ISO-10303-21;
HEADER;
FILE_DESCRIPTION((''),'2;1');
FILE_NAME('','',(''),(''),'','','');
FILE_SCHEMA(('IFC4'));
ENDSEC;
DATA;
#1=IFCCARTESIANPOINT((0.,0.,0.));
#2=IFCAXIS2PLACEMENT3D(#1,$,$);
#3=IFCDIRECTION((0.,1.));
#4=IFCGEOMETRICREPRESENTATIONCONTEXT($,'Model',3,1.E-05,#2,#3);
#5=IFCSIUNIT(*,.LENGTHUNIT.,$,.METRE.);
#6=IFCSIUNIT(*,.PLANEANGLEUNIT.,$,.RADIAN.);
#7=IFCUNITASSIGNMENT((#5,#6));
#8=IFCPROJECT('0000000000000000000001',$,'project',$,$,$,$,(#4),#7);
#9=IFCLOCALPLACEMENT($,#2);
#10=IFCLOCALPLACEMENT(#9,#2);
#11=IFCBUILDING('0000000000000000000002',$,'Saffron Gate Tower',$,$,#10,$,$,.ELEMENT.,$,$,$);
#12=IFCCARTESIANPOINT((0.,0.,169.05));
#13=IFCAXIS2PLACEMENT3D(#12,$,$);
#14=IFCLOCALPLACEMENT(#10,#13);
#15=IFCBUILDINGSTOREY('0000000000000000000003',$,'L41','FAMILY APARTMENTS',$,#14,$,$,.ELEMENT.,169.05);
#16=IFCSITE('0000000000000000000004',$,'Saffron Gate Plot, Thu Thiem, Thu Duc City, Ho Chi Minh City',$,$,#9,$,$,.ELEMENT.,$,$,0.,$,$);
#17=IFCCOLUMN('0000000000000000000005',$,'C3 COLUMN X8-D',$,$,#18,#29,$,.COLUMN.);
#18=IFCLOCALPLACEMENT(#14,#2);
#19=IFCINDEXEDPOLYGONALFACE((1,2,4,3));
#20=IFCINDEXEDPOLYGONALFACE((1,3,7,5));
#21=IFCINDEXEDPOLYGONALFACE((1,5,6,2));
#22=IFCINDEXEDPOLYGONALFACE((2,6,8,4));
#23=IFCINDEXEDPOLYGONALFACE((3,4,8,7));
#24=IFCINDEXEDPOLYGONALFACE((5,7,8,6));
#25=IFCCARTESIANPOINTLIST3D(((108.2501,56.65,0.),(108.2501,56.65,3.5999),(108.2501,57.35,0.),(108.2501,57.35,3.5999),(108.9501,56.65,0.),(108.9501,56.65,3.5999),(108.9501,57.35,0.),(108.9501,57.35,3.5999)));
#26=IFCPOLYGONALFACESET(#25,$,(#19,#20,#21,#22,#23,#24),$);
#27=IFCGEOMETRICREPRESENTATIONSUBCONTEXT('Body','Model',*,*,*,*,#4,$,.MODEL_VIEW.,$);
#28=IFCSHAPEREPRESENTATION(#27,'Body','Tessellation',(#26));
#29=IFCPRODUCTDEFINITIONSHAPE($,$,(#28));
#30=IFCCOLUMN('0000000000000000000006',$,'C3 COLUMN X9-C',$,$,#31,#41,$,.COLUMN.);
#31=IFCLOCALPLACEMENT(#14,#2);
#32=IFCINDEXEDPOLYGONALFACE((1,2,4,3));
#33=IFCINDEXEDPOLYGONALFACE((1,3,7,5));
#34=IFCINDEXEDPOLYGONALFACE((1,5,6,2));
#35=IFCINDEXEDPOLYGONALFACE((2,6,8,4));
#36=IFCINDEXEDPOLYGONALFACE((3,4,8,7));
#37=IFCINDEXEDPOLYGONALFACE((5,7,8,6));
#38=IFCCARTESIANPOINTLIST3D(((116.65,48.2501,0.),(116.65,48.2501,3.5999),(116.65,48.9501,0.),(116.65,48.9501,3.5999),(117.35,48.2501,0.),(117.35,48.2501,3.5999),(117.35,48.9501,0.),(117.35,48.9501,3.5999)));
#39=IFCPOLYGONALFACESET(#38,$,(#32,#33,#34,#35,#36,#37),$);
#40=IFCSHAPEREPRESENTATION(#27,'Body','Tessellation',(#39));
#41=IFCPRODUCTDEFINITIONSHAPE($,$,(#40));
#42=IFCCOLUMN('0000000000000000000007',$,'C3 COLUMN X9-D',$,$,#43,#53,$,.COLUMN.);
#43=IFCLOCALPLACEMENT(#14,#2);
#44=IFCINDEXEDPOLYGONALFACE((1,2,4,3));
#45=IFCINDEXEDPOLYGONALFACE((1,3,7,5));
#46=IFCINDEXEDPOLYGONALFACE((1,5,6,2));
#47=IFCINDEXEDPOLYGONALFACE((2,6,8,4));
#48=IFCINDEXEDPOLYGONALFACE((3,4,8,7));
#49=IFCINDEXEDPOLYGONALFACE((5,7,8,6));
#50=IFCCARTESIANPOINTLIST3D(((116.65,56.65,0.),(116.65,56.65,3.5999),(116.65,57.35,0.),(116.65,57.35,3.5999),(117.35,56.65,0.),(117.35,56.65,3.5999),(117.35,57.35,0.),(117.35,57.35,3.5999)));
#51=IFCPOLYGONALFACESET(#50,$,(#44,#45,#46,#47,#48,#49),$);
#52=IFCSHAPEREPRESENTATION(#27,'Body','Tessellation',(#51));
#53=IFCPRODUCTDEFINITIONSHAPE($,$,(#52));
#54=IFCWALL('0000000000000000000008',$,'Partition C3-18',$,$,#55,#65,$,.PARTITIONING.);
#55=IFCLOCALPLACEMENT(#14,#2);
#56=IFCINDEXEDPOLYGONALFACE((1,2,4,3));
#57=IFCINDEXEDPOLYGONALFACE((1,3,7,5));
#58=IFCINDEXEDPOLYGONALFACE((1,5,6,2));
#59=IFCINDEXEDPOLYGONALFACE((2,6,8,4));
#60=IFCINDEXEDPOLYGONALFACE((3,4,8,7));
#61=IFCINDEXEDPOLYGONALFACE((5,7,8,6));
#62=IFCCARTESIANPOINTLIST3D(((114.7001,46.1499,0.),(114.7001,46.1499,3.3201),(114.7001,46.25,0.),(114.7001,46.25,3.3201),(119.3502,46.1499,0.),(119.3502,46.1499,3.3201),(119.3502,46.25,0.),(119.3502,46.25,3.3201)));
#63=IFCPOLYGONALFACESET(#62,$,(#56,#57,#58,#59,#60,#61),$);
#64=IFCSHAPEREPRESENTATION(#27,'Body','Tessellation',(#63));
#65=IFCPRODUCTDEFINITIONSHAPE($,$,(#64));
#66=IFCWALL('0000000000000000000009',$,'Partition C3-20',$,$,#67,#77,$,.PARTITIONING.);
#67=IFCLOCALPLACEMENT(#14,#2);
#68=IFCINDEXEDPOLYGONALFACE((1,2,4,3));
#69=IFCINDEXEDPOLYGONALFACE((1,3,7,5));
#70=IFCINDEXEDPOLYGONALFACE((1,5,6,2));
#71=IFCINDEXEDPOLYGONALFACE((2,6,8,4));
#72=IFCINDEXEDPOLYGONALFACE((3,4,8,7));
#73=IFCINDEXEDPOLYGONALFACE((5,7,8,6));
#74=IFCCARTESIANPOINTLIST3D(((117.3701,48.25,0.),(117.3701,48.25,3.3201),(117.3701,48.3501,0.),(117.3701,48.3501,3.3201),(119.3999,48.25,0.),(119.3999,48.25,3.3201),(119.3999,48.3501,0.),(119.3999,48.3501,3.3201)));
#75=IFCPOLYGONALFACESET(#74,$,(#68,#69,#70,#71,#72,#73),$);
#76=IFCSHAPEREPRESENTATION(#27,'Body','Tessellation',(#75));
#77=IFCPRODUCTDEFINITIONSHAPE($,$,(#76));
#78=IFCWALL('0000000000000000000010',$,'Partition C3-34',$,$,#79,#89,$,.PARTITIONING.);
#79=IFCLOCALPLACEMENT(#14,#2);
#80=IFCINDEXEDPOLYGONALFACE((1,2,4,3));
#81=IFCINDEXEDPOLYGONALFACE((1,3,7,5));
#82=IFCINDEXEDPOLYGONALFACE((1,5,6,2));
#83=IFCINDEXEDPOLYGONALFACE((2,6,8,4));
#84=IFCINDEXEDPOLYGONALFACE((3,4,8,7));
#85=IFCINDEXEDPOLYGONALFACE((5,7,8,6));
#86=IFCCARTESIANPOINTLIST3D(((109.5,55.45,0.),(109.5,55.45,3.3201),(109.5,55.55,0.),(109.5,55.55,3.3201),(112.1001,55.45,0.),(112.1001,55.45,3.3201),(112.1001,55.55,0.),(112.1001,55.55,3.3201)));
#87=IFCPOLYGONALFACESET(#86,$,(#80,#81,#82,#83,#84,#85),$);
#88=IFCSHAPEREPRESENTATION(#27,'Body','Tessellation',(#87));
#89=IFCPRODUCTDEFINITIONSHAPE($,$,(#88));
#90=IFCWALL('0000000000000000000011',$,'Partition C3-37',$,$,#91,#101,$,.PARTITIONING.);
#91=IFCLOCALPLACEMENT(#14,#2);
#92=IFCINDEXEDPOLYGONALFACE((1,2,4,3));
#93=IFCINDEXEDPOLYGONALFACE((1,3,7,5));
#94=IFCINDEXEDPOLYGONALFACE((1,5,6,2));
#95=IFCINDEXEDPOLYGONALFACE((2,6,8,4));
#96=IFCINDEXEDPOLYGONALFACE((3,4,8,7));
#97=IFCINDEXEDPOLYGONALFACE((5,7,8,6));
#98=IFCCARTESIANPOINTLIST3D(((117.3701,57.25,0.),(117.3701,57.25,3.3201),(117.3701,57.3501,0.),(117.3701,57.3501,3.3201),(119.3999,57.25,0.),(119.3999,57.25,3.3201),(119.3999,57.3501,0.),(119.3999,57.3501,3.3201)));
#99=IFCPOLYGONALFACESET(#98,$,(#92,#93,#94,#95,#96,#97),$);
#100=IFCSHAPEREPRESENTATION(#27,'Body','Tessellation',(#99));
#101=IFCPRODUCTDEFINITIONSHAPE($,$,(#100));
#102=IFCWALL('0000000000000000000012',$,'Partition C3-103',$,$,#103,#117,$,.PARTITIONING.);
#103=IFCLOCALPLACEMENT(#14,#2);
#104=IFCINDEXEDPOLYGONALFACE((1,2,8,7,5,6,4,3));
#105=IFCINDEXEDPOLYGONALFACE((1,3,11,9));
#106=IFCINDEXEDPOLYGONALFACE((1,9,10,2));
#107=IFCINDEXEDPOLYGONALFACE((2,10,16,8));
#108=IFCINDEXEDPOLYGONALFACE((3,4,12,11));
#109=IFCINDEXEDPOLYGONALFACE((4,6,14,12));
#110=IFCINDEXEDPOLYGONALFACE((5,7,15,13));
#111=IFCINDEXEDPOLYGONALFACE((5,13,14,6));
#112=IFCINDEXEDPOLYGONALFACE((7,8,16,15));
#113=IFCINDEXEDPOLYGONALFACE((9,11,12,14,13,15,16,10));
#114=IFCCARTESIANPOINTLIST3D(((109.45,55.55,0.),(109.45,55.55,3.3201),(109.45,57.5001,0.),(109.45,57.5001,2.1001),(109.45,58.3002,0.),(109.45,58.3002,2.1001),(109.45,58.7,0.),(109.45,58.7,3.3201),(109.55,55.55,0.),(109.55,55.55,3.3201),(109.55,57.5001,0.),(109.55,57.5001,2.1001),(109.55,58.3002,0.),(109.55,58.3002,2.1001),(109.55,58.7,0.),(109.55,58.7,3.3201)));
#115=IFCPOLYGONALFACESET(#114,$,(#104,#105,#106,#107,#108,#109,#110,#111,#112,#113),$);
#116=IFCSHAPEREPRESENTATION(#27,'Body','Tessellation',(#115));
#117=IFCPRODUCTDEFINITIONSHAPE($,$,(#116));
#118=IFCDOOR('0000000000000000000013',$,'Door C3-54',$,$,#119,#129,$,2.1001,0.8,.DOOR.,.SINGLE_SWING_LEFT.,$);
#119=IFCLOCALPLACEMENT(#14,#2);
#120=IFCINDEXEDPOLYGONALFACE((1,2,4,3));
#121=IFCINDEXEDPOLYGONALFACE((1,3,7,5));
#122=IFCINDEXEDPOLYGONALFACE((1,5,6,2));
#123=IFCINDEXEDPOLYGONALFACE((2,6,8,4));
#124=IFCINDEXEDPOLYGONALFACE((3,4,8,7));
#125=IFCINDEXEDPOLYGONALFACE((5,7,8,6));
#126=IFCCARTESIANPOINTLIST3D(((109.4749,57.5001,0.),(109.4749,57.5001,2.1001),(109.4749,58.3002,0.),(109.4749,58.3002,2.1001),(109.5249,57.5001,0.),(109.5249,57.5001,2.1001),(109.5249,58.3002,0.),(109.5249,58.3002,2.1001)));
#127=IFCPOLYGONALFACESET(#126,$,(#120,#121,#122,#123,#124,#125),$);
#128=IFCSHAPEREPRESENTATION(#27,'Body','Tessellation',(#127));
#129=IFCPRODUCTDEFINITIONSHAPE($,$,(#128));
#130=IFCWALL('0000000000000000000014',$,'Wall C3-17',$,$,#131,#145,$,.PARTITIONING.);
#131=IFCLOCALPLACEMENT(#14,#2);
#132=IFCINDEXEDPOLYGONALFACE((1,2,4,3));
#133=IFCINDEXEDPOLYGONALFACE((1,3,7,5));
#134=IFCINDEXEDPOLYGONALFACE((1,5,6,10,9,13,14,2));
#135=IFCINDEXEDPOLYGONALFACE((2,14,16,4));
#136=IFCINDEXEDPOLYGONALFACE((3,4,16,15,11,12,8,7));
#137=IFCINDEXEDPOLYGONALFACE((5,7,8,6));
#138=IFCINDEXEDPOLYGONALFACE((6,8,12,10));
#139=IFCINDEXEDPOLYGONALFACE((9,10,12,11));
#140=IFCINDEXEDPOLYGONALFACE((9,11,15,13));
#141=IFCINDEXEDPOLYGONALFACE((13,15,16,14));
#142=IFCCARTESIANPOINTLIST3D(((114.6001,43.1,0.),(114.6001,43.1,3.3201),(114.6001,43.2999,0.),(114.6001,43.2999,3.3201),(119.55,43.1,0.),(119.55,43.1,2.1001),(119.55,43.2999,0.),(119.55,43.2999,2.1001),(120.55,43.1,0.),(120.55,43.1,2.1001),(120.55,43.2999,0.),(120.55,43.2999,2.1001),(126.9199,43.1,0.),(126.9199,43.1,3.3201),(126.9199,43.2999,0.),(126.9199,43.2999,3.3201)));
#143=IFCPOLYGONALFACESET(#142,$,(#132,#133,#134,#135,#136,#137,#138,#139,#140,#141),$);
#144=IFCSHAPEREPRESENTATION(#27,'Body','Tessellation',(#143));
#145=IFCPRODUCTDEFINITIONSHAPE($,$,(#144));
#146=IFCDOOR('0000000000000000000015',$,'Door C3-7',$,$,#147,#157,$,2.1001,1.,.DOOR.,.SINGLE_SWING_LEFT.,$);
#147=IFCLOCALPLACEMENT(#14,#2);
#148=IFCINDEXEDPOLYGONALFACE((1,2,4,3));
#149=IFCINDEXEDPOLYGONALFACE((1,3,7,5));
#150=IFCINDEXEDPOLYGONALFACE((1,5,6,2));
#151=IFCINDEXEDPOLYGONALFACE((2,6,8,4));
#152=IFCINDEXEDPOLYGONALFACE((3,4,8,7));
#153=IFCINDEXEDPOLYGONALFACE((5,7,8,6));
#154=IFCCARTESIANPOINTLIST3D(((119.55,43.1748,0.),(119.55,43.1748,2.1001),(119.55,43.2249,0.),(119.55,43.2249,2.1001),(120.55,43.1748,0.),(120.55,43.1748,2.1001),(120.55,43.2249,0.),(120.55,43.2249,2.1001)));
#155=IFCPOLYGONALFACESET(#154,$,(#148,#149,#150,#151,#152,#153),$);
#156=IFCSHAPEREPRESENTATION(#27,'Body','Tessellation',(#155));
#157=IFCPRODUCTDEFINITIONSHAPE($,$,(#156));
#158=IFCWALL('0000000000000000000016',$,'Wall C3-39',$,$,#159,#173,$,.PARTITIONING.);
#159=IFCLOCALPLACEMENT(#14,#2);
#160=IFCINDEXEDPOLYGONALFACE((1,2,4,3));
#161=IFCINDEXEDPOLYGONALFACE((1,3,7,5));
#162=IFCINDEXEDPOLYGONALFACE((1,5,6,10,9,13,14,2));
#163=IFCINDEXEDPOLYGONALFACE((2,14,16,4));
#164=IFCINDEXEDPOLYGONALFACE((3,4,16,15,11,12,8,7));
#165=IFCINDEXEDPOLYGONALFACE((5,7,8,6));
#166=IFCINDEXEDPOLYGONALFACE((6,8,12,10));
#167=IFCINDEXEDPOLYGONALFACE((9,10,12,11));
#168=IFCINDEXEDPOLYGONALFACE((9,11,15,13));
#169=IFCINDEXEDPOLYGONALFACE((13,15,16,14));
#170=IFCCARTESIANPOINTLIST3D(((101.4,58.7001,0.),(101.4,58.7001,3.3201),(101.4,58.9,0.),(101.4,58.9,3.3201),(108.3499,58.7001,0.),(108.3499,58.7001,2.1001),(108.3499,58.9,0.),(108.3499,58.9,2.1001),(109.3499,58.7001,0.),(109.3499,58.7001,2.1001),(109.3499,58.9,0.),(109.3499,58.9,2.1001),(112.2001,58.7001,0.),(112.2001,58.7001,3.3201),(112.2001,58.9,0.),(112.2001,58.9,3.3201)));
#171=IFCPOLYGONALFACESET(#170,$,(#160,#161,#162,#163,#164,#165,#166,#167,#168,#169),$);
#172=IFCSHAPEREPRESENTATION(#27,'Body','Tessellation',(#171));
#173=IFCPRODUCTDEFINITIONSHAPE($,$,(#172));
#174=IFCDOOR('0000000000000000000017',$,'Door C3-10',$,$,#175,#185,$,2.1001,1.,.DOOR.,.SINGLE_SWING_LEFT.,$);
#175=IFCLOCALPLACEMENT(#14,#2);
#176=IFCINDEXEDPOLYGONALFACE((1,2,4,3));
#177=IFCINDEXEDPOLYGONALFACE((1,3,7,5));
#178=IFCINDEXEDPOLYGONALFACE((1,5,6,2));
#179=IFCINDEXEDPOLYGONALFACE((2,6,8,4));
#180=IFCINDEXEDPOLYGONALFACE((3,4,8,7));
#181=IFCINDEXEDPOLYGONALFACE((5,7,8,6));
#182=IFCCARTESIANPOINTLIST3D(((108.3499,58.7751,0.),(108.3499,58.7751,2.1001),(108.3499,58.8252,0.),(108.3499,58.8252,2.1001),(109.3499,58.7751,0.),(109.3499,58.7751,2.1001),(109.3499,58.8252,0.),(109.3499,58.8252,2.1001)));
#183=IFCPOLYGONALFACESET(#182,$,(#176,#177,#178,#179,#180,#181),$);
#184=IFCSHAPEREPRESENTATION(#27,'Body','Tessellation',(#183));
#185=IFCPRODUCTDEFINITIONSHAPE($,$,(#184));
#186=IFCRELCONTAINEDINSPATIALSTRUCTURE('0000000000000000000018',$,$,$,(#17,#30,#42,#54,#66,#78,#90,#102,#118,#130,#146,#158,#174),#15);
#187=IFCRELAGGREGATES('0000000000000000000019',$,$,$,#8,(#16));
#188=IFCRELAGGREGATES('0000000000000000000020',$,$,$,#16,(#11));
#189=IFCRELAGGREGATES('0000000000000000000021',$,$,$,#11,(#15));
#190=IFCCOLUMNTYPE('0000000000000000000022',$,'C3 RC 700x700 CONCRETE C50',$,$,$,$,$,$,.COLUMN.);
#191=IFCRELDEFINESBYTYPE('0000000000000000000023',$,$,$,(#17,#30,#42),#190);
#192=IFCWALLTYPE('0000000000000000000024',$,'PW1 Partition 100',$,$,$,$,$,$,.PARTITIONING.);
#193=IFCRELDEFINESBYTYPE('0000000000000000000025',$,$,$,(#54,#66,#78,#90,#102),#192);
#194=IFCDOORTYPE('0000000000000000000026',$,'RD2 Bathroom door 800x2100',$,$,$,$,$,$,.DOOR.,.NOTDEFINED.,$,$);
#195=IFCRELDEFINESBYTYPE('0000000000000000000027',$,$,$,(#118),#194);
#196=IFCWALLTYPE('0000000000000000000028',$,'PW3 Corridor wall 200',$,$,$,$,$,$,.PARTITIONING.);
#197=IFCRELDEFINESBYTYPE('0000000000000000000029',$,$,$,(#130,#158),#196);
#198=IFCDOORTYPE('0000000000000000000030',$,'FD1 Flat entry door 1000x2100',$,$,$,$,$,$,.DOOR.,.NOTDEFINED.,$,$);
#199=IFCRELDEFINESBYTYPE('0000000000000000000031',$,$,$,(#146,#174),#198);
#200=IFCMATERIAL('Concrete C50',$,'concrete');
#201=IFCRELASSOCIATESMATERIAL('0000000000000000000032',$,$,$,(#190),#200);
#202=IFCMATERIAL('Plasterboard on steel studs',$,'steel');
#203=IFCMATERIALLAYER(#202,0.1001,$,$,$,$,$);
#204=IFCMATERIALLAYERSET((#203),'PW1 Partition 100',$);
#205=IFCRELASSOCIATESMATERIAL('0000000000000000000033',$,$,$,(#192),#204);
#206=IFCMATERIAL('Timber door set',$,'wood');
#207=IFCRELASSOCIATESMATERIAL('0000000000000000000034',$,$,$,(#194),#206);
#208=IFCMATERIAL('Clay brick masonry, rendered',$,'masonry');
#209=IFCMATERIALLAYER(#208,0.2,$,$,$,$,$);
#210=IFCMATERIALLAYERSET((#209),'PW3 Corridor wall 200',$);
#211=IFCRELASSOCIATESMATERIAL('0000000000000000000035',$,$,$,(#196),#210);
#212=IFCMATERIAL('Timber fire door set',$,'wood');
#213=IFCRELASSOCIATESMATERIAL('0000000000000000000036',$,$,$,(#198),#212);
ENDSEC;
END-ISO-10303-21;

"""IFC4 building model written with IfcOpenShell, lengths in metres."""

from ifc_helpers import new_model, si_unit, direction, frame, frame_2d, origin, origin_2d, place, context, subcontext, project, spatial, rectangle, extrude, material, layer, layer_set, material_profile, profile_set, type_object, element, fill, save


model = new_model("IFC4")

# Units and contexts
model_context = context("Model", 3, precision=1e-05, world=origin(), true_north=direction((0.0, 1.0)))
body_context = subcontext(model_context, "Body", "Model", "MODEL_VIEW")
ifc_project = project(units=[si_unit("LENGTHUNIT", "METRE"), si_unit("PLANEANGLEUNIT", "RADIAN")], contexts=[model_context])

# Site, building, storey
site_placement = place(None, origin())
site = spatial("IfcSite", under=ifc_project, at=site_placement, Name="Saffron Gate Plot, Thu Thiem, Thu Duc City, Ho Chi Minh City", CompositionType="ELEMENT", RefElevation=0.0)
building_placement = place(site_placement, origin())
building = spatial("IfcBuilding", under=site, at=building_placement, Name="Saffron Gate Tower", CompositionType="ELEMENT")
storey_placement = place(building_placement, frame((0.0, 0.0, 169.05)))
storey = spatial("IfcBuildingStorey", under=building, at=storey_placement, Name="L41", Description="FAMILY APARTMENTS", CompositionType="ELEMENT", Elevation=169.05)

# Columns
ifc_material_1 = material(Name="Concrete C50", Category="concrete")
ifc_material_profile = material_profile(ifc_material_1, rectangle(XDim=0.7, YDim=0.7, at=origin_2d()))
ifc_profile_set = profile_set([ifc_material_profile], Name="Concrete C50")
column_type = type_object("IfcColumnType", Name="C3 RC 700x700 CONCRETE C50", PredefinedType="COLUMN", material=ifc_profile_set)
for number, where, z_axis, x_axis, name in (
    (1, (108.6001, 57.0, 0.0), (0.0, 0.0, 1.0), (1.0, 0.0, 0.0), "C3 COLUMN X8-D"),
    (2, (117.0, 48.6001, 0.0), (0.0, 0.0, 1.0), (1.0, 0.0, 0.0), "C3 COLUMN X9-C"),
    (3, (117.0, 57.0, 0.0), (0.0, 0.0, 1.0), (1.0, 0.0, 0.0), "C3 COLUMN X9-D"),
):
    element("IfcColumn", number, at=place(storey_placement, frame(where, z_axis=z_axis, x_axis=x_axis)), inside=storey, type_object=column_type, Name=name, PredefinedType="COLUMN", context=body_context, shape_type="SweptSolid", body=[
        extrude(rectangle(XDim=0.7, YDim=0.7, at=origin_2d()), origin(), (0.0, 0.0, 1.0), 3.5999),
    ])

# Walls
ifc_material_2 = material(Name="Plasterboard on steel studs", Category="steel")
ifc_layer_1 = layer(ifc_material_2, 0.1001)
ifc_layer_set_1 = layer_set([ifc_layer_1], Name="PW1 Partition 100")
wall_type_1 = type_object("IfcWallType", Name="PW1 Partition 100", PredefinedType="PARTITIONING", material=ifc_layer_set_1)
wall_1_placement = place(storey_placement, frame((114.7, 46.2, 0.0), z_axis=(0.0, 0.0, 1.0), x_axis=(1.0, 0.0, 0.0)))
element("IfcWall", 4, at=wall_1_placement, inside=storey, type_object=wall_type_1, Name="Partition C3-18", PredefinedType="PARTITIONING", context=body_context, shape_type="SweptSolid", body=[
    extrude(rectangle(XDim=4.6501, YDim=0.1001, at=frame_2d((2.3252, 0.0))), origin(), (0.0, 0.0, 1.0), 3.3201),
])
wall_2_placement = place(storey_placement, frame((117.3701, 48.3, 0.0), z_axis=(0.0, 0.0, 1.0), x_axis=(1.0, 0.0, 0.0)))
element("IfcWall", 5, at=wall_2_placement, inside=storey, type_object=wall_type_1, Name="Partition C3-20", PredefinedType="PARTITIONING", context=body_context, shape_type="SweptSolid", body=[
    extrude(rectangle(XDim=2.0298, YDim=0.1001, at=frame_2d((1.0149, 0.0))), origin(), (0.0, 0.0, 1.0), 3.3201),
])
wall_3_placement = place(storey_placement, frame((109.5, 55.5, 0.0), z_axis=(0.0, 0.0, 1.0), x_axis=(1.0, 0.0, 0.0)))
element("IfcWall", 6, at=wall_3_placement, inside=storey, type_object=wall_type_1, Name="Partition C3-34", PredefinedType="PARTITIONING", context=body_context, shape_type="SweptSolid", body=[
    extrude(rectangle(XDim=2.6001, YDim=0.1001, at=frame_2d((1.3, 0.0))), origin(), (0.0, 0.0, 1.0), 3.3201),
])
wall_4_placement = place(storey_placement, frame((117.3701, 57.3, 0.0), z_axis=(0.0, 0.0, 1.0), x_axis=(1.0, 0.0, 0.0)))
element("IfcWall", 7, at=wall_4_placement, inside=storey, type_object=wall_type_1, Name="Partition C3-37", PredefinedType="PARTITIONING", context=body_context, shape_type="SweptSolid", body=[
    extrude(rectangle(XDim=2.0298, YDim=0.1001, at=frame_2d((1.0149, 0.0))), origin(), (0.0, 0.0, 1.0), 3.3201),
])

# Walls, openings, doors
wall_5_placement = place(storey_placement, frame((109.5, 58.7, 0.0), z_axis=(0.0, 0.0, 1.0), x_axis=(0.0, -1.0, 0.0)))
wall_5 = element("IfcWall", 8, at=wall_5_placement, inside=storey, type_object=wall_type_1, Name="Partition C3-103", PredefinedType="PARTITIONING", context=body_context, shape_type="SweptSolid", body=[
    extrude(rectangle(XDim=3.1499, YDim=0.1001, at=frame_2d((1.575, 0.0))), origin(), (0.0, 0.0, 1.0), 3.3201),
])
opening_1_placement = place(wall_5_placement, frame((0.3999, 0.0, 0.0)))
opening_1 = element("IfcOpeningElement", 9, at=opening_1_placement, cuts=wall_5, PredefinedType="OPENING", context=body_context, shape_type="SweptSolid", body=[
    extrude(rectangle(XDim=0.8, YDim=2.1001, at=frame_2d((0.3999, 1.05))), frame((0.0, 0.0601, 0.0), z_axis=(0.0, -1.0, 0.0), x_axis=(1.0, 0.0, 0.0)), (0.0, 0.0, 1.0), 0.1201),
])
ifc_material_3 = material(Name="Timber door set", Category="wood")
door_type_1 = type_object("IfcDoorType", Name="RD2 Bathroom door 800x2100", OperationType="NOTDEFINED", PredefinedType="DOOR", material=ifc_material_3)
door_1_placement = place(opening_1_placement, origin())
door_1 = element("IfcDoor", 10, at=door_1_placement, inside=storey, type_object=door_type_1, Name="Door C3-54", OperationType="SINGLE_SWING_LEFT", OverallHeight=2.1001, OverallWidth=0.8, PredefinedType="DOOR", context=body_context, shape_type="SweptSolid", body=[
    extrude(rectangle(XDim=0.8, YDim=2.1001, at=frame_2d((0.3999, 1.05))), frame((0.0, 0.0249, 0.0), z_axis=(0.0, -1.0, 0.0), x_axis=(1.0, 0.0, 0.0)), (0.0, 0.0, 1.0), 0.05),
])
fill(opening_1, door_1)
ifc_material_4 = material(Name="Clay brick masonry, rendered", Category="masonry")
ifc_layer_2 = layer(ifc_material_4, 0.2)
ifc_layer_set_2 = layer_set([ifc_layer_2], Name="PW3 Corridor wall 200")
wall_type_2 = type_object("IfcWallType", Name="PW3 Corridor wall 200", PredefinedType="PARTITIONING", material=ifc_layer_set_2)
wall_6_placement = place(storey_placement, frame((114.6001, 43.2, 0.0), z_axis=(0.0, 0.0, 1.0), x_axis=(1.0, 0.0, 0.0)))
wall_6 = element("IfcWall", 11, at=wall_6_placement, inside=storey, type_object=wall_type_2, Name="Wall C3-17", PredefinedType="PARTITIONING", context=body_context, shape_type="SweptSolid", body=[
    extrude(rectangle(XDim=12.3198, YDim=0.2, at=frame_2d((6.1599, 0.0))), origin(), (0.0, 0.0, 1.0), 3.3201),
])
opening_2_placement = place(wall_6_placement, frame((4.95, 0.0, 0.0)))
opening_2 = element("IfcOpeningElement", 12, at=opening_2_placement, cuts=wall_6, PredefinedType="OPENING", context=body_context, shape_type="SweptSolid", body=[
    extrude(rectangle(XDim=1.0, YDim=2.1001, at=frame_2d((0.5, 1.05))), frame((0.0, 0.1099, 0.0), z_axis=(0.0, -1.0, 0.0), x_axis=(1.0, 0.0, 0.0)), (0.0, 0.0, 1.0), 0.22),
])
ifc_material_5 = material(Name="Timber fire door set", Category="wood")
door_type_2 = type_object("IfcDoorType", Name="FD1 Flat entry door 1000x2100", OperationType="NOTDEFINED", PredefinedType="DOOR", material=ifc_material_5)
door_2_placement = place(opening_2_placement, origin())
door_2 = element("IfcDoor", 13, at=door_2_placement, inside=storey, type_object=door_type_2, Name="Door C3-7", OperationType="SINGLE_SWING_LEFT", OverallHeight=2.1001, OverallWidth=1.0, PredefinedType="DOOR", context=body_context, shape_type="SweptSolid", body=[
    extrude(rectangle(XDim=1.0, YDim=2.1001, at=frame_2d((0.5, 1.05))), frame((0.0, 0.0249, 0.0), z_axis=(0.0, -1.0, 0.0), x_axis=(1.0, 0.0, 0.0)), (0.0, 0.0, 1.0), 0.05),
])
fill(opening_2, door_2)
wall_7_placement = place(storey_placement, frame((112.2, 58.8, 0.0), z_axis=(0.0, 0.0, 1.0), x_axis=(-1.0, 0.0, 0.0)))
wall_7 = element("IfcWall", 14, at=wall_7_placement, inside=storey, type_object=wall_type_2, Name="Wall C3-39", PredefinedType="PARTITIONING", context=body_context, shape_type="SweptSolid", body=[
    extrude(rectangle(XDim=10.8, YDim=0.2, at=frame_2d((5.3999, 0.0))), origin(), (0.0, 0.0, 1.0), 3.3201),
])
opening_3_placement = place(wall_7_placement, frame((2.8501, 0.0, 0.0)))
opening_3 = element("IfcOpeningElement", 15, at=opening_3_placement, cuts=wall_7, PredefinedType="OPENING", context=body_context, shape_type="SweptSolid", body=[
    extrude(rectangle(XDim=1.0, YDim=2.1001, at=frame_2d((0.5, 1.05))), frame((0.0, 0.1099, 0.0), z_axis=(0.0, -1.0, 0.0), x_axis=(1.0, 0.0, 0.0)), (0.0, 0.0, 1.0), 0.22),
])
door_3_placement = place(opening_3_placement, origin())
door_3 = element("IfcDoor", 16, at=door_3_placement, inside=storey, type_object=door_type_2, Name="Door C3-10", OperationType="SINGLE_SWING_LEFT", OverallHeight=2.1001, OverallWidth=1.0, PredefinedType="DOOR", context=body_context, shape_type="SweptSolid", body=[
    extrude(rectangle(XDim=1.0, YDim=2.1001, at=frame_2d((0.5, 1.05))), frame((0.0, 0.0249, 0.0), z_axis=(0.0, -1.0, 0.0), x_axis=(1.0, 0.0, 0.0)), (0.0, 0.0, 1.0), 0.05),
])
fill(opening_3, door_3)

save(model, "model.ifc")
